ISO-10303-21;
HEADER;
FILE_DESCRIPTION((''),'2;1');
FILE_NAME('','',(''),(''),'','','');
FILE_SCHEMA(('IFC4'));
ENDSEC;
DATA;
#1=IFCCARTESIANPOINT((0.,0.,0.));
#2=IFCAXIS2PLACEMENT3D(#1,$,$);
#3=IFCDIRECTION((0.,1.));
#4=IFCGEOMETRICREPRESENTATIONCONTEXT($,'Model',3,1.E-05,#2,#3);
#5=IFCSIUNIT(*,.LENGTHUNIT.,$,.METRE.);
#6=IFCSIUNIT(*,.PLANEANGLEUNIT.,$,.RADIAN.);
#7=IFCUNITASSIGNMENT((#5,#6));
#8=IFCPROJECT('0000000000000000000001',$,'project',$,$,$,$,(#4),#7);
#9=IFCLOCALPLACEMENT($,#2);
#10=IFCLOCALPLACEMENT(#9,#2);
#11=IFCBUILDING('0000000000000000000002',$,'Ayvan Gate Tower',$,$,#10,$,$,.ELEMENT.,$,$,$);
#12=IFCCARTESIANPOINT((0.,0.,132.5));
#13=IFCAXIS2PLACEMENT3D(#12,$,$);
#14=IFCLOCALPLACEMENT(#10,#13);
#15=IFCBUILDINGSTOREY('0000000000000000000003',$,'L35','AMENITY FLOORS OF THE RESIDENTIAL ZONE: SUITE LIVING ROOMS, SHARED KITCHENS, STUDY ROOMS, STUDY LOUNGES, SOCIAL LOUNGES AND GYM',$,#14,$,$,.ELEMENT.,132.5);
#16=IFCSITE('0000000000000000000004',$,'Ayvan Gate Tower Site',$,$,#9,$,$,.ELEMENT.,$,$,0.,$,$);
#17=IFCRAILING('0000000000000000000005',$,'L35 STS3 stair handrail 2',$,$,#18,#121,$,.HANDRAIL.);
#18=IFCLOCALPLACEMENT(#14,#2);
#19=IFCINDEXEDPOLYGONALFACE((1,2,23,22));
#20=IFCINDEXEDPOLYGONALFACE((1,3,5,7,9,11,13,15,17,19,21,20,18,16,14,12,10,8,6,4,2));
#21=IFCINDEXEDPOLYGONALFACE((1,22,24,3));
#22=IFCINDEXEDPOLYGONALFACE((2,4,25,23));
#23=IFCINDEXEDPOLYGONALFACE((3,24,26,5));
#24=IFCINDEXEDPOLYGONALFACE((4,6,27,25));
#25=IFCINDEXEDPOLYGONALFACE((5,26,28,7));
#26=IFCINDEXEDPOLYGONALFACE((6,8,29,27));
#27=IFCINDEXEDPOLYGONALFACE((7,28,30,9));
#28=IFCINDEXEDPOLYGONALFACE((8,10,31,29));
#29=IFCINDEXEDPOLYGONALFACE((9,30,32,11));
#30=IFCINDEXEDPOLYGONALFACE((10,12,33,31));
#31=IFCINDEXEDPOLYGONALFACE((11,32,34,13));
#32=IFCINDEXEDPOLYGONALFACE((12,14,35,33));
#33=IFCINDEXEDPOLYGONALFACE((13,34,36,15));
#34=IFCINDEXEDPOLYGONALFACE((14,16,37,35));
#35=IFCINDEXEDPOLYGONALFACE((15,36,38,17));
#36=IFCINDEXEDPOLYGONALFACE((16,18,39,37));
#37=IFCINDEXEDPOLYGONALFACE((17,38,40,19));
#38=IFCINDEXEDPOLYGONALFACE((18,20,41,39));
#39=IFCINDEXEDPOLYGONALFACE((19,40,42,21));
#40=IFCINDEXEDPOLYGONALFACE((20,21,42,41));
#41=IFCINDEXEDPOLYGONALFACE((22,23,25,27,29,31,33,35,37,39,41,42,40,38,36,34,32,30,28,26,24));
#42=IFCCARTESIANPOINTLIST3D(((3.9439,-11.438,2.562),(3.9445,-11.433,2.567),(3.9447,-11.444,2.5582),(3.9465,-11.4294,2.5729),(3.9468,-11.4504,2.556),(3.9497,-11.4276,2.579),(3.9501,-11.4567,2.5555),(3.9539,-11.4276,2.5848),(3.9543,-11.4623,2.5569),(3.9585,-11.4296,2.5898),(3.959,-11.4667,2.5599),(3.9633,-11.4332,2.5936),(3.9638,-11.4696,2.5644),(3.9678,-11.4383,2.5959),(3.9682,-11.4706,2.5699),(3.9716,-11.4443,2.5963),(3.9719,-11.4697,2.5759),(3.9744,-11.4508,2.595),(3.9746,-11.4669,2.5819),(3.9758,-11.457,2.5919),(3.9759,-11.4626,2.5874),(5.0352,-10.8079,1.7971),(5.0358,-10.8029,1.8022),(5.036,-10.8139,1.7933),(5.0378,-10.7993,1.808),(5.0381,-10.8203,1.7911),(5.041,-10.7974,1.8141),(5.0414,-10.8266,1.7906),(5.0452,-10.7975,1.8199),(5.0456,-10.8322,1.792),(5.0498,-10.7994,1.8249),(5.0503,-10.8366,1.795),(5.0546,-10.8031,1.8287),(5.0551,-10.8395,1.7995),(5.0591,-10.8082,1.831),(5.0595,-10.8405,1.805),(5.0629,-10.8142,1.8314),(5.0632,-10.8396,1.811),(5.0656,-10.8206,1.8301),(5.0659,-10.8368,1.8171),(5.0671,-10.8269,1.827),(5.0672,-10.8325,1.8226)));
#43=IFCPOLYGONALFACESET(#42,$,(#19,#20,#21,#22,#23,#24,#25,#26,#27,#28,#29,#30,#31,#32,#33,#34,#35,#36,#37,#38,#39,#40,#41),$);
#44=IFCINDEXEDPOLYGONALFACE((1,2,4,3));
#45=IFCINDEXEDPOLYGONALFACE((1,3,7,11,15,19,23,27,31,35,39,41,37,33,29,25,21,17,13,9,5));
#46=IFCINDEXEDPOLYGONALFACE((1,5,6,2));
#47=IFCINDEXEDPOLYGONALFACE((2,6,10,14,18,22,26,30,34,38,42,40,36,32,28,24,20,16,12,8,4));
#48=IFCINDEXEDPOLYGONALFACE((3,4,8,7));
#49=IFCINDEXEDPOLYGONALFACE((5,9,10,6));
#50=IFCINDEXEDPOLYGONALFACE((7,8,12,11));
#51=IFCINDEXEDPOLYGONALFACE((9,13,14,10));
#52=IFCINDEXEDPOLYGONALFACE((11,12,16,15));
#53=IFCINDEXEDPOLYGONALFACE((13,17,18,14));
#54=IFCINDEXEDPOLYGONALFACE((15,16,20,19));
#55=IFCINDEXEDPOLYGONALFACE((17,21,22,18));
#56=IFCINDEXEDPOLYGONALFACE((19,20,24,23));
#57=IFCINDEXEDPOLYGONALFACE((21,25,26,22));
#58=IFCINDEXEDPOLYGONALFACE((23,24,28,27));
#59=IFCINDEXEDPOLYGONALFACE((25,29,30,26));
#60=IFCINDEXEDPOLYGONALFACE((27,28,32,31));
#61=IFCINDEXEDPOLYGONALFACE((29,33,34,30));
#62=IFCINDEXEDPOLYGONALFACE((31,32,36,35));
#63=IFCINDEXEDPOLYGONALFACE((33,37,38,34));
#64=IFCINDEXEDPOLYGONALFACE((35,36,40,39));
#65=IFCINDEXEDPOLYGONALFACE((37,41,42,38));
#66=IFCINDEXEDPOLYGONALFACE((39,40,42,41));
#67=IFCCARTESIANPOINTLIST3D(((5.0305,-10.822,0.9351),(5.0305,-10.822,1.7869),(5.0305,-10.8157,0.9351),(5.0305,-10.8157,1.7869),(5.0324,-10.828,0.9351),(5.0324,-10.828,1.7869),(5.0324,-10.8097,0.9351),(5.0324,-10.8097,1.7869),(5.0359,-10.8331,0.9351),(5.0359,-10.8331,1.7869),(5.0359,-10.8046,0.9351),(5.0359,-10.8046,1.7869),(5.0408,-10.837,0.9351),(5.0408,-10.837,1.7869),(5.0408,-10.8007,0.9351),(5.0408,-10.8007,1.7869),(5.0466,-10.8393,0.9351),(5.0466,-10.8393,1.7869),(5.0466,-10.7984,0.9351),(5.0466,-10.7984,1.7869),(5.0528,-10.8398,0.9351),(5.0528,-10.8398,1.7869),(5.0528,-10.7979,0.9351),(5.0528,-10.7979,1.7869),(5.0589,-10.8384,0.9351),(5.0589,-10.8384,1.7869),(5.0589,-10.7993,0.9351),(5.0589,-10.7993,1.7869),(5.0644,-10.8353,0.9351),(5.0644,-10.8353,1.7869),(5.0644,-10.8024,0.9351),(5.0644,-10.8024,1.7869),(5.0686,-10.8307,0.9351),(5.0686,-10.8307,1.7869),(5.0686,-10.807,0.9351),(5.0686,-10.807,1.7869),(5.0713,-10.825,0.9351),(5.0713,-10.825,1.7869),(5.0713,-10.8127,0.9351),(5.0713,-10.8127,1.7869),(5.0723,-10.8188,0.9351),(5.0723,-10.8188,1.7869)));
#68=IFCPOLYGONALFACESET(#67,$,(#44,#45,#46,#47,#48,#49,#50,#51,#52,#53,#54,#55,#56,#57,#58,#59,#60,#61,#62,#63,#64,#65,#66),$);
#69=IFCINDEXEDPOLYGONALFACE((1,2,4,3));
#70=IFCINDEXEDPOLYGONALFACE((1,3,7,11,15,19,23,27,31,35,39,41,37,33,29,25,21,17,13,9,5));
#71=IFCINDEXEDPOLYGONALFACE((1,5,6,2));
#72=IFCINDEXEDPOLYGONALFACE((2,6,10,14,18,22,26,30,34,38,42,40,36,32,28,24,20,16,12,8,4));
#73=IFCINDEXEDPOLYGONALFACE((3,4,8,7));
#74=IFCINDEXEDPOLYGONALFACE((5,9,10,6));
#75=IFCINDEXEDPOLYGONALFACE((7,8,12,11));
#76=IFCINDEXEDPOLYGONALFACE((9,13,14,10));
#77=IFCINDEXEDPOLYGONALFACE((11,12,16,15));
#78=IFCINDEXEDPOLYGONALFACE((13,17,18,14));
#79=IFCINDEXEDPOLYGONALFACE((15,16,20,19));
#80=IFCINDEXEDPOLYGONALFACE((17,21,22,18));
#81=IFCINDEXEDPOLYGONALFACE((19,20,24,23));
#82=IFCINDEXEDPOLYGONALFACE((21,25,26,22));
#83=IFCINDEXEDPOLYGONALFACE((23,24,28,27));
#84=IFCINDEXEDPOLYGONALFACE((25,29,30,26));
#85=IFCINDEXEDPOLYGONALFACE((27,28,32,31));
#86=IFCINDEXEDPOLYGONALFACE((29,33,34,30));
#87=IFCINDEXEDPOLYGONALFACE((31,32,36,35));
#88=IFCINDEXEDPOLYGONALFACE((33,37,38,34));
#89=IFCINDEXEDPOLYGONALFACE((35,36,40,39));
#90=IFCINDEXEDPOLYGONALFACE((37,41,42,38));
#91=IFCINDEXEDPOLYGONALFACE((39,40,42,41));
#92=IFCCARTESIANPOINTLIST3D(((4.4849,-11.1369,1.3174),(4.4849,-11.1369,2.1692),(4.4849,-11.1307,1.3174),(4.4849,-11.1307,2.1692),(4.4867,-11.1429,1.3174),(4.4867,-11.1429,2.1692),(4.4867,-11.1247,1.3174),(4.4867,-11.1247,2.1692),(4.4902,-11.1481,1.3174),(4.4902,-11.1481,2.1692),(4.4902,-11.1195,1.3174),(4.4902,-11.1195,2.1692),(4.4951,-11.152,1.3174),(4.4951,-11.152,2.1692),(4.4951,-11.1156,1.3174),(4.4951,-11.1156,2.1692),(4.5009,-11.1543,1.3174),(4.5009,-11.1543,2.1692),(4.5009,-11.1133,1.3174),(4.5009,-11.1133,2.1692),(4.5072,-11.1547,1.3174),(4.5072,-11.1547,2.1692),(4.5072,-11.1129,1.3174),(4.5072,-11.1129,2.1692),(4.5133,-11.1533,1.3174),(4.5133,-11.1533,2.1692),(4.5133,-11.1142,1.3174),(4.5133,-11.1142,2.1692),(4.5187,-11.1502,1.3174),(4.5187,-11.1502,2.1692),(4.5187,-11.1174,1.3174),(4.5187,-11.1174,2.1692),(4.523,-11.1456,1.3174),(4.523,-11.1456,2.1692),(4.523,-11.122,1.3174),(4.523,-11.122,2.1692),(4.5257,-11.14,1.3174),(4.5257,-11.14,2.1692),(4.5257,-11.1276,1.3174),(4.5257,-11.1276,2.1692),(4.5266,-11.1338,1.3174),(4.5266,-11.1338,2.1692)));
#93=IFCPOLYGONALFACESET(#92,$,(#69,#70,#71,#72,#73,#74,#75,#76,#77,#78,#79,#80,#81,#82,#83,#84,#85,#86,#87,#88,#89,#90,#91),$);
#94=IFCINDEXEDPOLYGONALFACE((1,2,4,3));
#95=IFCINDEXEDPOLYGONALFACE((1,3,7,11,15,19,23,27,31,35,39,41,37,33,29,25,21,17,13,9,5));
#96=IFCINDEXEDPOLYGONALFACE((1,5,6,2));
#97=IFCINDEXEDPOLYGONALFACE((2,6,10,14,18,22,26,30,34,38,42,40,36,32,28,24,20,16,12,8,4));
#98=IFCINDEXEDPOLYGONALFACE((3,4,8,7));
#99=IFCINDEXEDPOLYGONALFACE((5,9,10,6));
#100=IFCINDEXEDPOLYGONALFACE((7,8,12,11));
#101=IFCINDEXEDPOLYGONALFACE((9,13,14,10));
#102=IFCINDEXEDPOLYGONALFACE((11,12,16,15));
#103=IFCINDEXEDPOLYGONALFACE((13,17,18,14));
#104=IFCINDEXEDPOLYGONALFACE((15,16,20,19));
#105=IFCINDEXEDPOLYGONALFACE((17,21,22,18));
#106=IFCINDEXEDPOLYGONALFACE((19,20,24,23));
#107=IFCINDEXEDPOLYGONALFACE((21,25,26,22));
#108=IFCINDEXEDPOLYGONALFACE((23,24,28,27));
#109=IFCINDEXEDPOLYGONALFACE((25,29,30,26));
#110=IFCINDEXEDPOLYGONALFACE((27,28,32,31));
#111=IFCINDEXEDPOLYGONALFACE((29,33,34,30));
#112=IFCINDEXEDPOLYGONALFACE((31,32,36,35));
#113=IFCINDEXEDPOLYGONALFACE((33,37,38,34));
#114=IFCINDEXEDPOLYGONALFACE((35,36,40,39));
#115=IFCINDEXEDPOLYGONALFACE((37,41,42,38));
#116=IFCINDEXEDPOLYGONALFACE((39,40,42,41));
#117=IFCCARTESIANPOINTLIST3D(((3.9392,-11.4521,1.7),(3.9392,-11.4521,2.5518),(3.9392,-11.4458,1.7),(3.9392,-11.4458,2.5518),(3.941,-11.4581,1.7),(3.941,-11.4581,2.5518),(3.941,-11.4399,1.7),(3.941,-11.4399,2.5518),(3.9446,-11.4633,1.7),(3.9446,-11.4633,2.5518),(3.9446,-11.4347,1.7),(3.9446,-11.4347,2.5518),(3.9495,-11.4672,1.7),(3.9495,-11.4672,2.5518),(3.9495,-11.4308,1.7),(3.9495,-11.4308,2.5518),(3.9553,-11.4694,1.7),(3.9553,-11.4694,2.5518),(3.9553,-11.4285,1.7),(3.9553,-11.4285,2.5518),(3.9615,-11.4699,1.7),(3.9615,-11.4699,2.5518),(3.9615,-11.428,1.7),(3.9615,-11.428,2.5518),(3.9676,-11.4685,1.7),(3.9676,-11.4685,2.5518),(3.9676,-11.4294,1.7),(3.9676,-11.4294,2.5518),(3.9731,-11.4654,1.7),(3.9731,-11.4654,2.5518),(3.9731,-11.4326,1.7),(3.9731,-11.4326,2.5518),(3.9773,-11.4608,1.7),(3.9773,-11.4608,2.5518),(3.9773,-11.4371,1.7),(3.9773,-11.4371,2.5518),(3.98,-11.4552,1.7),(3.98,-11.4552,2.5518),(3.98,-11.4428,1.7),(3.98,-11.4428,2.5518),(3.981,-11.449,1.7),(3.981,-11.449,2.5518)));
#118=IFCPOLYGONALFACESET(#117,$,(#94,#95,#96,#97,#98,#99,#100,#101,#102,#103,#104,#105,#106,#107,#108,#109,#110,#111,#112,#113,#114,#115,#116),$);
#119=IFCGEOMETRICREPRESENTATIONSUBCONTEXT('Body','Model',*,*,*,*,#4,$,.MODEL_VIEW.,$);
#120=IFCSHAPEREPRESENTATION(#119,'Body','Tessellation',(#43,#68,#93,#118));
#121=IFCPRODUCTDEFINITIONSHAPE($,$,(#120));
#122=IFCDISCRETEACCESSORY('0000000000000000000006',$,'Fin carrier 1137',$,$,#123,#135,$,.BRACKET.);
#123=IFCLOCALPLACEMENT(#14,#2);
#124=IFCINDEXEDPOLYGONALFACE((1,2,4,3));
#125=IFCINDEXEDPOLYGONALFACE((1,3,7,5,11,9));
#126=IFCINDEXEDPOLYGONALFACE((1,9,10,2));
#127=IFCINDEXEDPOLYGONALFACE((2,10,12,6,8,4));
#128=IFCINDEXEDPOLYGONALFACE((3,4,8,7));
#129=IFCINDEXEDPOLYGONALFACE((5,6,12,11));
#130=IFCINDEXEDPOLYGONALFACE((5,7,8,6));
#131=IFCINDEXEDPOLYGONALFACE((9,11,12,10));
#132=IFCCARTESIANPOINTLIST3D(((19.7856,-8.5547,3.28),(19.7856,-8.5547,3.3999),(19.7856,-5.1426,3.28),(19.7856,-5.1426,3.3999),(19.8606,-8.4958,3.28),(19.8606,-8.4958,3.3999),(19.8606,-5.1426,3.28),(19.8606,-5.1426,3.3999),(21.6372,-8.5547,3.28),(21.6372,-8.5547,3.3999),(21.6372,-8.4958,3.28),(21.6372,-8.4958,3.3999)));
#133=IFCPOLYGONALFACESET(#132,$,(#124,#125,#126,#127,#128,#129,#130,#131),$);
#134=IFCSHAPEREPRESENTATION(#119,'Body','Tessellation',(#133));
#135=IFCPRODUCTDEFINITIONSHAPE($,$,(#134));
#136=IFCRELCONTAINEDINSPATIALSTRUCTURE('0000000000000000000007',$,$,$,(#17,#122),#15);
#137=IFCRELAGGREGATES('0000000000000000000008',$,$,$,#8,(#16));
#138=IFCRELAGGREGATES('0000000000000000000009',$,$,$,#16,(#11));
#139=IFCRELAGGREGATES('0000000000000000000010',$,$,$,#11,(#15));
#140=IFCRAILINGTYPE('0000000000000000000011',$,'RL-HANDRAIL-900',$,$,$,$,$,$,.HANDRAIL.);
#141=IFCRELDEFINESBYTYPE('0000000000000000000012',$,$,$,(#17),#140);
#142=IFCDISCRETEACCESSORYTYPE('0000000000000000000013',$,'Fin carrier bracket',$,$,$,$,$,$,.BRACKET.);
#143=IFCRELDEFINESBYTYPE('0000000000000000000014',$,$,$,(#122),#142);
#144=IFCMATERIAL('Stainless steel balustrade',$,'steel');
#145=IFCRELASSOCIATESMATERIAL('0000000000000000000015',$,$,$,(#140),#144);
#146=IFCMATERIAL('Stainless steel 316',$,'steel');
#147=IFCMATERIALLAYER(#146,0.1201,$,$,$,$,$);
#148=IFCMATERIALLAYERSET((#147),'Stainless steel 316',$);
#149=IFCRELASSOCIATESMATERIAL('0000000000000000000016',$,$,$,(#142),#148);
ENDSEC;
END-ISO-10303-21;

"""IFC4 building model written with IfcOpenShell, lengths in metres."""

from ifc_helpers import new_model, si_unit, direction, frame, origin, origin_2d, place, context, subcontext, project, spatial, polyline, circle, outline, extrude, material, layer, layer_set, type_object, element, save


model = new_model("IFC4")

# Units and contexts
model_context = context("Model", 3, precision=1e-05, world=origin(), true_north=direction((0.0, 1.0)))
body_context = subcontext(model_context, "Body", "Model", "MODEL_VIEW")
ifc_project = project(units=[si_unit("LENGTHUNIT", "METRE"), si_unit("PLANEANGLEUNIT", "RADIAN")], contexts=[model_context])

# Site, building, storey
site_placement = place(None, origin())
site = spatial("IfcSite", under=ifc_project, at=site_placement, Name="Ayvan Gate Tower Site", CompositionType="ELEMENT", RefElevation=0.0)
building_placement = place(site_placement, origin())
building = spatial("IfcBuilding", under=site, at=building_placement, Name="Ayvan Gate Tower", CompositionType="ELEMENT")
storey_placement = place(building_placement, frame((0.0, 0.0, 132.5)))
storey = spatial("IfcBuildingStorey", under=building, at=storey_placement, Name="L35", Description="AMENITY FLOORS OF THE RESIDENTIAL ZONE: SUITE LIVING ROOMS, SHARED KITCHENS, STUDY ROOMS, STUDY LOUNGES, SOCIAL LOUNGES AND GYM", CompositionType="ELEMENT", Elevation=132.5)

# Railing
ifc_material_1 = material(Name="Stainless steel balustrade", Category="steel")
railing_type = type_object("IfcRailingType", Name="RL-HANDRAIL-900", PredefinedType="HANDRAIL", material=ifc_material_1)
railing_placement = place(storey_placement, frame((5.0513, -10.8188, 0.9351)))
element("IfcRailing", 1, at=railing_placement, inside=storey, type_object=railing_type, Name="L35 STS3 stair handrail 2", PredefinedType="HANDRAIL", context=body_context, shape_type="SweptSolid", body=[
    extrude(circle(Radius=0.0239, at=origin_2d()), frame((0.0, 0.0, 0.876), z_axis=(-0.740304, -0.427455, 0.518875), x_axis=(0.500035, -0.866005, 0.0)), (0.0, 0.0, 1.0), 1.4741),
    extrude(circle(Radius=0.021, at=origin_2d()), origin(), (0.0, 0.0, 1.0), 0.8518),
    extrude(circle(Radius=0.021, at=origin_2d()), frame((-0.5457, -0.3149, 0.3823)), (0.0, 0.0, 1.0), 0.8518),
    extrude(circle(Radius=0.021, at=origin_2d()), frame((-1.0913, -0.6301, 0.7649)), (0.0, 0.0, 1.0), 0.8518),
])

# Discrete accessory
ifc_material_2 = material(Name="Stainless steel 316", Category="steel")
ifc_layer_1 = layer(ifc_material_2, 0.1201)
ifc_layer_set_1 = layer_set([ifc_layer_1], Name="Stainless steel 316")
discrete_accessory_type = type_object("IfcDiscreteAccessoryType", Name="Fin carrier bracket", PredefinedType="BRACKET", material=ifc_layer_set_1)
discrete_accessory_placement = place(storey_placement, frame((0.0, 0.0, 3.28)))
element("IfcDiscreteAccessory", 2, at=discrete_accessory_placement, inside=storey, type_object=discrete_accessory_type, Name="Fin carrier 1137", PredefinedType="BRACKET", context=body_context, shape_type="SweptSolid", body=[
    extrude(outline(polyline([(21.6372, -8.5547), (19.7856, -8.5547), (19.7856, -5.1426), (19.8606, -5.1426), (19.8606, -8.4958), (21.6372, -8.4958), (21.6372, -8.5547)])), origin(), (0.0, 0.0, 1.0), 0.1199),
])

save(model, "model.ifc")
